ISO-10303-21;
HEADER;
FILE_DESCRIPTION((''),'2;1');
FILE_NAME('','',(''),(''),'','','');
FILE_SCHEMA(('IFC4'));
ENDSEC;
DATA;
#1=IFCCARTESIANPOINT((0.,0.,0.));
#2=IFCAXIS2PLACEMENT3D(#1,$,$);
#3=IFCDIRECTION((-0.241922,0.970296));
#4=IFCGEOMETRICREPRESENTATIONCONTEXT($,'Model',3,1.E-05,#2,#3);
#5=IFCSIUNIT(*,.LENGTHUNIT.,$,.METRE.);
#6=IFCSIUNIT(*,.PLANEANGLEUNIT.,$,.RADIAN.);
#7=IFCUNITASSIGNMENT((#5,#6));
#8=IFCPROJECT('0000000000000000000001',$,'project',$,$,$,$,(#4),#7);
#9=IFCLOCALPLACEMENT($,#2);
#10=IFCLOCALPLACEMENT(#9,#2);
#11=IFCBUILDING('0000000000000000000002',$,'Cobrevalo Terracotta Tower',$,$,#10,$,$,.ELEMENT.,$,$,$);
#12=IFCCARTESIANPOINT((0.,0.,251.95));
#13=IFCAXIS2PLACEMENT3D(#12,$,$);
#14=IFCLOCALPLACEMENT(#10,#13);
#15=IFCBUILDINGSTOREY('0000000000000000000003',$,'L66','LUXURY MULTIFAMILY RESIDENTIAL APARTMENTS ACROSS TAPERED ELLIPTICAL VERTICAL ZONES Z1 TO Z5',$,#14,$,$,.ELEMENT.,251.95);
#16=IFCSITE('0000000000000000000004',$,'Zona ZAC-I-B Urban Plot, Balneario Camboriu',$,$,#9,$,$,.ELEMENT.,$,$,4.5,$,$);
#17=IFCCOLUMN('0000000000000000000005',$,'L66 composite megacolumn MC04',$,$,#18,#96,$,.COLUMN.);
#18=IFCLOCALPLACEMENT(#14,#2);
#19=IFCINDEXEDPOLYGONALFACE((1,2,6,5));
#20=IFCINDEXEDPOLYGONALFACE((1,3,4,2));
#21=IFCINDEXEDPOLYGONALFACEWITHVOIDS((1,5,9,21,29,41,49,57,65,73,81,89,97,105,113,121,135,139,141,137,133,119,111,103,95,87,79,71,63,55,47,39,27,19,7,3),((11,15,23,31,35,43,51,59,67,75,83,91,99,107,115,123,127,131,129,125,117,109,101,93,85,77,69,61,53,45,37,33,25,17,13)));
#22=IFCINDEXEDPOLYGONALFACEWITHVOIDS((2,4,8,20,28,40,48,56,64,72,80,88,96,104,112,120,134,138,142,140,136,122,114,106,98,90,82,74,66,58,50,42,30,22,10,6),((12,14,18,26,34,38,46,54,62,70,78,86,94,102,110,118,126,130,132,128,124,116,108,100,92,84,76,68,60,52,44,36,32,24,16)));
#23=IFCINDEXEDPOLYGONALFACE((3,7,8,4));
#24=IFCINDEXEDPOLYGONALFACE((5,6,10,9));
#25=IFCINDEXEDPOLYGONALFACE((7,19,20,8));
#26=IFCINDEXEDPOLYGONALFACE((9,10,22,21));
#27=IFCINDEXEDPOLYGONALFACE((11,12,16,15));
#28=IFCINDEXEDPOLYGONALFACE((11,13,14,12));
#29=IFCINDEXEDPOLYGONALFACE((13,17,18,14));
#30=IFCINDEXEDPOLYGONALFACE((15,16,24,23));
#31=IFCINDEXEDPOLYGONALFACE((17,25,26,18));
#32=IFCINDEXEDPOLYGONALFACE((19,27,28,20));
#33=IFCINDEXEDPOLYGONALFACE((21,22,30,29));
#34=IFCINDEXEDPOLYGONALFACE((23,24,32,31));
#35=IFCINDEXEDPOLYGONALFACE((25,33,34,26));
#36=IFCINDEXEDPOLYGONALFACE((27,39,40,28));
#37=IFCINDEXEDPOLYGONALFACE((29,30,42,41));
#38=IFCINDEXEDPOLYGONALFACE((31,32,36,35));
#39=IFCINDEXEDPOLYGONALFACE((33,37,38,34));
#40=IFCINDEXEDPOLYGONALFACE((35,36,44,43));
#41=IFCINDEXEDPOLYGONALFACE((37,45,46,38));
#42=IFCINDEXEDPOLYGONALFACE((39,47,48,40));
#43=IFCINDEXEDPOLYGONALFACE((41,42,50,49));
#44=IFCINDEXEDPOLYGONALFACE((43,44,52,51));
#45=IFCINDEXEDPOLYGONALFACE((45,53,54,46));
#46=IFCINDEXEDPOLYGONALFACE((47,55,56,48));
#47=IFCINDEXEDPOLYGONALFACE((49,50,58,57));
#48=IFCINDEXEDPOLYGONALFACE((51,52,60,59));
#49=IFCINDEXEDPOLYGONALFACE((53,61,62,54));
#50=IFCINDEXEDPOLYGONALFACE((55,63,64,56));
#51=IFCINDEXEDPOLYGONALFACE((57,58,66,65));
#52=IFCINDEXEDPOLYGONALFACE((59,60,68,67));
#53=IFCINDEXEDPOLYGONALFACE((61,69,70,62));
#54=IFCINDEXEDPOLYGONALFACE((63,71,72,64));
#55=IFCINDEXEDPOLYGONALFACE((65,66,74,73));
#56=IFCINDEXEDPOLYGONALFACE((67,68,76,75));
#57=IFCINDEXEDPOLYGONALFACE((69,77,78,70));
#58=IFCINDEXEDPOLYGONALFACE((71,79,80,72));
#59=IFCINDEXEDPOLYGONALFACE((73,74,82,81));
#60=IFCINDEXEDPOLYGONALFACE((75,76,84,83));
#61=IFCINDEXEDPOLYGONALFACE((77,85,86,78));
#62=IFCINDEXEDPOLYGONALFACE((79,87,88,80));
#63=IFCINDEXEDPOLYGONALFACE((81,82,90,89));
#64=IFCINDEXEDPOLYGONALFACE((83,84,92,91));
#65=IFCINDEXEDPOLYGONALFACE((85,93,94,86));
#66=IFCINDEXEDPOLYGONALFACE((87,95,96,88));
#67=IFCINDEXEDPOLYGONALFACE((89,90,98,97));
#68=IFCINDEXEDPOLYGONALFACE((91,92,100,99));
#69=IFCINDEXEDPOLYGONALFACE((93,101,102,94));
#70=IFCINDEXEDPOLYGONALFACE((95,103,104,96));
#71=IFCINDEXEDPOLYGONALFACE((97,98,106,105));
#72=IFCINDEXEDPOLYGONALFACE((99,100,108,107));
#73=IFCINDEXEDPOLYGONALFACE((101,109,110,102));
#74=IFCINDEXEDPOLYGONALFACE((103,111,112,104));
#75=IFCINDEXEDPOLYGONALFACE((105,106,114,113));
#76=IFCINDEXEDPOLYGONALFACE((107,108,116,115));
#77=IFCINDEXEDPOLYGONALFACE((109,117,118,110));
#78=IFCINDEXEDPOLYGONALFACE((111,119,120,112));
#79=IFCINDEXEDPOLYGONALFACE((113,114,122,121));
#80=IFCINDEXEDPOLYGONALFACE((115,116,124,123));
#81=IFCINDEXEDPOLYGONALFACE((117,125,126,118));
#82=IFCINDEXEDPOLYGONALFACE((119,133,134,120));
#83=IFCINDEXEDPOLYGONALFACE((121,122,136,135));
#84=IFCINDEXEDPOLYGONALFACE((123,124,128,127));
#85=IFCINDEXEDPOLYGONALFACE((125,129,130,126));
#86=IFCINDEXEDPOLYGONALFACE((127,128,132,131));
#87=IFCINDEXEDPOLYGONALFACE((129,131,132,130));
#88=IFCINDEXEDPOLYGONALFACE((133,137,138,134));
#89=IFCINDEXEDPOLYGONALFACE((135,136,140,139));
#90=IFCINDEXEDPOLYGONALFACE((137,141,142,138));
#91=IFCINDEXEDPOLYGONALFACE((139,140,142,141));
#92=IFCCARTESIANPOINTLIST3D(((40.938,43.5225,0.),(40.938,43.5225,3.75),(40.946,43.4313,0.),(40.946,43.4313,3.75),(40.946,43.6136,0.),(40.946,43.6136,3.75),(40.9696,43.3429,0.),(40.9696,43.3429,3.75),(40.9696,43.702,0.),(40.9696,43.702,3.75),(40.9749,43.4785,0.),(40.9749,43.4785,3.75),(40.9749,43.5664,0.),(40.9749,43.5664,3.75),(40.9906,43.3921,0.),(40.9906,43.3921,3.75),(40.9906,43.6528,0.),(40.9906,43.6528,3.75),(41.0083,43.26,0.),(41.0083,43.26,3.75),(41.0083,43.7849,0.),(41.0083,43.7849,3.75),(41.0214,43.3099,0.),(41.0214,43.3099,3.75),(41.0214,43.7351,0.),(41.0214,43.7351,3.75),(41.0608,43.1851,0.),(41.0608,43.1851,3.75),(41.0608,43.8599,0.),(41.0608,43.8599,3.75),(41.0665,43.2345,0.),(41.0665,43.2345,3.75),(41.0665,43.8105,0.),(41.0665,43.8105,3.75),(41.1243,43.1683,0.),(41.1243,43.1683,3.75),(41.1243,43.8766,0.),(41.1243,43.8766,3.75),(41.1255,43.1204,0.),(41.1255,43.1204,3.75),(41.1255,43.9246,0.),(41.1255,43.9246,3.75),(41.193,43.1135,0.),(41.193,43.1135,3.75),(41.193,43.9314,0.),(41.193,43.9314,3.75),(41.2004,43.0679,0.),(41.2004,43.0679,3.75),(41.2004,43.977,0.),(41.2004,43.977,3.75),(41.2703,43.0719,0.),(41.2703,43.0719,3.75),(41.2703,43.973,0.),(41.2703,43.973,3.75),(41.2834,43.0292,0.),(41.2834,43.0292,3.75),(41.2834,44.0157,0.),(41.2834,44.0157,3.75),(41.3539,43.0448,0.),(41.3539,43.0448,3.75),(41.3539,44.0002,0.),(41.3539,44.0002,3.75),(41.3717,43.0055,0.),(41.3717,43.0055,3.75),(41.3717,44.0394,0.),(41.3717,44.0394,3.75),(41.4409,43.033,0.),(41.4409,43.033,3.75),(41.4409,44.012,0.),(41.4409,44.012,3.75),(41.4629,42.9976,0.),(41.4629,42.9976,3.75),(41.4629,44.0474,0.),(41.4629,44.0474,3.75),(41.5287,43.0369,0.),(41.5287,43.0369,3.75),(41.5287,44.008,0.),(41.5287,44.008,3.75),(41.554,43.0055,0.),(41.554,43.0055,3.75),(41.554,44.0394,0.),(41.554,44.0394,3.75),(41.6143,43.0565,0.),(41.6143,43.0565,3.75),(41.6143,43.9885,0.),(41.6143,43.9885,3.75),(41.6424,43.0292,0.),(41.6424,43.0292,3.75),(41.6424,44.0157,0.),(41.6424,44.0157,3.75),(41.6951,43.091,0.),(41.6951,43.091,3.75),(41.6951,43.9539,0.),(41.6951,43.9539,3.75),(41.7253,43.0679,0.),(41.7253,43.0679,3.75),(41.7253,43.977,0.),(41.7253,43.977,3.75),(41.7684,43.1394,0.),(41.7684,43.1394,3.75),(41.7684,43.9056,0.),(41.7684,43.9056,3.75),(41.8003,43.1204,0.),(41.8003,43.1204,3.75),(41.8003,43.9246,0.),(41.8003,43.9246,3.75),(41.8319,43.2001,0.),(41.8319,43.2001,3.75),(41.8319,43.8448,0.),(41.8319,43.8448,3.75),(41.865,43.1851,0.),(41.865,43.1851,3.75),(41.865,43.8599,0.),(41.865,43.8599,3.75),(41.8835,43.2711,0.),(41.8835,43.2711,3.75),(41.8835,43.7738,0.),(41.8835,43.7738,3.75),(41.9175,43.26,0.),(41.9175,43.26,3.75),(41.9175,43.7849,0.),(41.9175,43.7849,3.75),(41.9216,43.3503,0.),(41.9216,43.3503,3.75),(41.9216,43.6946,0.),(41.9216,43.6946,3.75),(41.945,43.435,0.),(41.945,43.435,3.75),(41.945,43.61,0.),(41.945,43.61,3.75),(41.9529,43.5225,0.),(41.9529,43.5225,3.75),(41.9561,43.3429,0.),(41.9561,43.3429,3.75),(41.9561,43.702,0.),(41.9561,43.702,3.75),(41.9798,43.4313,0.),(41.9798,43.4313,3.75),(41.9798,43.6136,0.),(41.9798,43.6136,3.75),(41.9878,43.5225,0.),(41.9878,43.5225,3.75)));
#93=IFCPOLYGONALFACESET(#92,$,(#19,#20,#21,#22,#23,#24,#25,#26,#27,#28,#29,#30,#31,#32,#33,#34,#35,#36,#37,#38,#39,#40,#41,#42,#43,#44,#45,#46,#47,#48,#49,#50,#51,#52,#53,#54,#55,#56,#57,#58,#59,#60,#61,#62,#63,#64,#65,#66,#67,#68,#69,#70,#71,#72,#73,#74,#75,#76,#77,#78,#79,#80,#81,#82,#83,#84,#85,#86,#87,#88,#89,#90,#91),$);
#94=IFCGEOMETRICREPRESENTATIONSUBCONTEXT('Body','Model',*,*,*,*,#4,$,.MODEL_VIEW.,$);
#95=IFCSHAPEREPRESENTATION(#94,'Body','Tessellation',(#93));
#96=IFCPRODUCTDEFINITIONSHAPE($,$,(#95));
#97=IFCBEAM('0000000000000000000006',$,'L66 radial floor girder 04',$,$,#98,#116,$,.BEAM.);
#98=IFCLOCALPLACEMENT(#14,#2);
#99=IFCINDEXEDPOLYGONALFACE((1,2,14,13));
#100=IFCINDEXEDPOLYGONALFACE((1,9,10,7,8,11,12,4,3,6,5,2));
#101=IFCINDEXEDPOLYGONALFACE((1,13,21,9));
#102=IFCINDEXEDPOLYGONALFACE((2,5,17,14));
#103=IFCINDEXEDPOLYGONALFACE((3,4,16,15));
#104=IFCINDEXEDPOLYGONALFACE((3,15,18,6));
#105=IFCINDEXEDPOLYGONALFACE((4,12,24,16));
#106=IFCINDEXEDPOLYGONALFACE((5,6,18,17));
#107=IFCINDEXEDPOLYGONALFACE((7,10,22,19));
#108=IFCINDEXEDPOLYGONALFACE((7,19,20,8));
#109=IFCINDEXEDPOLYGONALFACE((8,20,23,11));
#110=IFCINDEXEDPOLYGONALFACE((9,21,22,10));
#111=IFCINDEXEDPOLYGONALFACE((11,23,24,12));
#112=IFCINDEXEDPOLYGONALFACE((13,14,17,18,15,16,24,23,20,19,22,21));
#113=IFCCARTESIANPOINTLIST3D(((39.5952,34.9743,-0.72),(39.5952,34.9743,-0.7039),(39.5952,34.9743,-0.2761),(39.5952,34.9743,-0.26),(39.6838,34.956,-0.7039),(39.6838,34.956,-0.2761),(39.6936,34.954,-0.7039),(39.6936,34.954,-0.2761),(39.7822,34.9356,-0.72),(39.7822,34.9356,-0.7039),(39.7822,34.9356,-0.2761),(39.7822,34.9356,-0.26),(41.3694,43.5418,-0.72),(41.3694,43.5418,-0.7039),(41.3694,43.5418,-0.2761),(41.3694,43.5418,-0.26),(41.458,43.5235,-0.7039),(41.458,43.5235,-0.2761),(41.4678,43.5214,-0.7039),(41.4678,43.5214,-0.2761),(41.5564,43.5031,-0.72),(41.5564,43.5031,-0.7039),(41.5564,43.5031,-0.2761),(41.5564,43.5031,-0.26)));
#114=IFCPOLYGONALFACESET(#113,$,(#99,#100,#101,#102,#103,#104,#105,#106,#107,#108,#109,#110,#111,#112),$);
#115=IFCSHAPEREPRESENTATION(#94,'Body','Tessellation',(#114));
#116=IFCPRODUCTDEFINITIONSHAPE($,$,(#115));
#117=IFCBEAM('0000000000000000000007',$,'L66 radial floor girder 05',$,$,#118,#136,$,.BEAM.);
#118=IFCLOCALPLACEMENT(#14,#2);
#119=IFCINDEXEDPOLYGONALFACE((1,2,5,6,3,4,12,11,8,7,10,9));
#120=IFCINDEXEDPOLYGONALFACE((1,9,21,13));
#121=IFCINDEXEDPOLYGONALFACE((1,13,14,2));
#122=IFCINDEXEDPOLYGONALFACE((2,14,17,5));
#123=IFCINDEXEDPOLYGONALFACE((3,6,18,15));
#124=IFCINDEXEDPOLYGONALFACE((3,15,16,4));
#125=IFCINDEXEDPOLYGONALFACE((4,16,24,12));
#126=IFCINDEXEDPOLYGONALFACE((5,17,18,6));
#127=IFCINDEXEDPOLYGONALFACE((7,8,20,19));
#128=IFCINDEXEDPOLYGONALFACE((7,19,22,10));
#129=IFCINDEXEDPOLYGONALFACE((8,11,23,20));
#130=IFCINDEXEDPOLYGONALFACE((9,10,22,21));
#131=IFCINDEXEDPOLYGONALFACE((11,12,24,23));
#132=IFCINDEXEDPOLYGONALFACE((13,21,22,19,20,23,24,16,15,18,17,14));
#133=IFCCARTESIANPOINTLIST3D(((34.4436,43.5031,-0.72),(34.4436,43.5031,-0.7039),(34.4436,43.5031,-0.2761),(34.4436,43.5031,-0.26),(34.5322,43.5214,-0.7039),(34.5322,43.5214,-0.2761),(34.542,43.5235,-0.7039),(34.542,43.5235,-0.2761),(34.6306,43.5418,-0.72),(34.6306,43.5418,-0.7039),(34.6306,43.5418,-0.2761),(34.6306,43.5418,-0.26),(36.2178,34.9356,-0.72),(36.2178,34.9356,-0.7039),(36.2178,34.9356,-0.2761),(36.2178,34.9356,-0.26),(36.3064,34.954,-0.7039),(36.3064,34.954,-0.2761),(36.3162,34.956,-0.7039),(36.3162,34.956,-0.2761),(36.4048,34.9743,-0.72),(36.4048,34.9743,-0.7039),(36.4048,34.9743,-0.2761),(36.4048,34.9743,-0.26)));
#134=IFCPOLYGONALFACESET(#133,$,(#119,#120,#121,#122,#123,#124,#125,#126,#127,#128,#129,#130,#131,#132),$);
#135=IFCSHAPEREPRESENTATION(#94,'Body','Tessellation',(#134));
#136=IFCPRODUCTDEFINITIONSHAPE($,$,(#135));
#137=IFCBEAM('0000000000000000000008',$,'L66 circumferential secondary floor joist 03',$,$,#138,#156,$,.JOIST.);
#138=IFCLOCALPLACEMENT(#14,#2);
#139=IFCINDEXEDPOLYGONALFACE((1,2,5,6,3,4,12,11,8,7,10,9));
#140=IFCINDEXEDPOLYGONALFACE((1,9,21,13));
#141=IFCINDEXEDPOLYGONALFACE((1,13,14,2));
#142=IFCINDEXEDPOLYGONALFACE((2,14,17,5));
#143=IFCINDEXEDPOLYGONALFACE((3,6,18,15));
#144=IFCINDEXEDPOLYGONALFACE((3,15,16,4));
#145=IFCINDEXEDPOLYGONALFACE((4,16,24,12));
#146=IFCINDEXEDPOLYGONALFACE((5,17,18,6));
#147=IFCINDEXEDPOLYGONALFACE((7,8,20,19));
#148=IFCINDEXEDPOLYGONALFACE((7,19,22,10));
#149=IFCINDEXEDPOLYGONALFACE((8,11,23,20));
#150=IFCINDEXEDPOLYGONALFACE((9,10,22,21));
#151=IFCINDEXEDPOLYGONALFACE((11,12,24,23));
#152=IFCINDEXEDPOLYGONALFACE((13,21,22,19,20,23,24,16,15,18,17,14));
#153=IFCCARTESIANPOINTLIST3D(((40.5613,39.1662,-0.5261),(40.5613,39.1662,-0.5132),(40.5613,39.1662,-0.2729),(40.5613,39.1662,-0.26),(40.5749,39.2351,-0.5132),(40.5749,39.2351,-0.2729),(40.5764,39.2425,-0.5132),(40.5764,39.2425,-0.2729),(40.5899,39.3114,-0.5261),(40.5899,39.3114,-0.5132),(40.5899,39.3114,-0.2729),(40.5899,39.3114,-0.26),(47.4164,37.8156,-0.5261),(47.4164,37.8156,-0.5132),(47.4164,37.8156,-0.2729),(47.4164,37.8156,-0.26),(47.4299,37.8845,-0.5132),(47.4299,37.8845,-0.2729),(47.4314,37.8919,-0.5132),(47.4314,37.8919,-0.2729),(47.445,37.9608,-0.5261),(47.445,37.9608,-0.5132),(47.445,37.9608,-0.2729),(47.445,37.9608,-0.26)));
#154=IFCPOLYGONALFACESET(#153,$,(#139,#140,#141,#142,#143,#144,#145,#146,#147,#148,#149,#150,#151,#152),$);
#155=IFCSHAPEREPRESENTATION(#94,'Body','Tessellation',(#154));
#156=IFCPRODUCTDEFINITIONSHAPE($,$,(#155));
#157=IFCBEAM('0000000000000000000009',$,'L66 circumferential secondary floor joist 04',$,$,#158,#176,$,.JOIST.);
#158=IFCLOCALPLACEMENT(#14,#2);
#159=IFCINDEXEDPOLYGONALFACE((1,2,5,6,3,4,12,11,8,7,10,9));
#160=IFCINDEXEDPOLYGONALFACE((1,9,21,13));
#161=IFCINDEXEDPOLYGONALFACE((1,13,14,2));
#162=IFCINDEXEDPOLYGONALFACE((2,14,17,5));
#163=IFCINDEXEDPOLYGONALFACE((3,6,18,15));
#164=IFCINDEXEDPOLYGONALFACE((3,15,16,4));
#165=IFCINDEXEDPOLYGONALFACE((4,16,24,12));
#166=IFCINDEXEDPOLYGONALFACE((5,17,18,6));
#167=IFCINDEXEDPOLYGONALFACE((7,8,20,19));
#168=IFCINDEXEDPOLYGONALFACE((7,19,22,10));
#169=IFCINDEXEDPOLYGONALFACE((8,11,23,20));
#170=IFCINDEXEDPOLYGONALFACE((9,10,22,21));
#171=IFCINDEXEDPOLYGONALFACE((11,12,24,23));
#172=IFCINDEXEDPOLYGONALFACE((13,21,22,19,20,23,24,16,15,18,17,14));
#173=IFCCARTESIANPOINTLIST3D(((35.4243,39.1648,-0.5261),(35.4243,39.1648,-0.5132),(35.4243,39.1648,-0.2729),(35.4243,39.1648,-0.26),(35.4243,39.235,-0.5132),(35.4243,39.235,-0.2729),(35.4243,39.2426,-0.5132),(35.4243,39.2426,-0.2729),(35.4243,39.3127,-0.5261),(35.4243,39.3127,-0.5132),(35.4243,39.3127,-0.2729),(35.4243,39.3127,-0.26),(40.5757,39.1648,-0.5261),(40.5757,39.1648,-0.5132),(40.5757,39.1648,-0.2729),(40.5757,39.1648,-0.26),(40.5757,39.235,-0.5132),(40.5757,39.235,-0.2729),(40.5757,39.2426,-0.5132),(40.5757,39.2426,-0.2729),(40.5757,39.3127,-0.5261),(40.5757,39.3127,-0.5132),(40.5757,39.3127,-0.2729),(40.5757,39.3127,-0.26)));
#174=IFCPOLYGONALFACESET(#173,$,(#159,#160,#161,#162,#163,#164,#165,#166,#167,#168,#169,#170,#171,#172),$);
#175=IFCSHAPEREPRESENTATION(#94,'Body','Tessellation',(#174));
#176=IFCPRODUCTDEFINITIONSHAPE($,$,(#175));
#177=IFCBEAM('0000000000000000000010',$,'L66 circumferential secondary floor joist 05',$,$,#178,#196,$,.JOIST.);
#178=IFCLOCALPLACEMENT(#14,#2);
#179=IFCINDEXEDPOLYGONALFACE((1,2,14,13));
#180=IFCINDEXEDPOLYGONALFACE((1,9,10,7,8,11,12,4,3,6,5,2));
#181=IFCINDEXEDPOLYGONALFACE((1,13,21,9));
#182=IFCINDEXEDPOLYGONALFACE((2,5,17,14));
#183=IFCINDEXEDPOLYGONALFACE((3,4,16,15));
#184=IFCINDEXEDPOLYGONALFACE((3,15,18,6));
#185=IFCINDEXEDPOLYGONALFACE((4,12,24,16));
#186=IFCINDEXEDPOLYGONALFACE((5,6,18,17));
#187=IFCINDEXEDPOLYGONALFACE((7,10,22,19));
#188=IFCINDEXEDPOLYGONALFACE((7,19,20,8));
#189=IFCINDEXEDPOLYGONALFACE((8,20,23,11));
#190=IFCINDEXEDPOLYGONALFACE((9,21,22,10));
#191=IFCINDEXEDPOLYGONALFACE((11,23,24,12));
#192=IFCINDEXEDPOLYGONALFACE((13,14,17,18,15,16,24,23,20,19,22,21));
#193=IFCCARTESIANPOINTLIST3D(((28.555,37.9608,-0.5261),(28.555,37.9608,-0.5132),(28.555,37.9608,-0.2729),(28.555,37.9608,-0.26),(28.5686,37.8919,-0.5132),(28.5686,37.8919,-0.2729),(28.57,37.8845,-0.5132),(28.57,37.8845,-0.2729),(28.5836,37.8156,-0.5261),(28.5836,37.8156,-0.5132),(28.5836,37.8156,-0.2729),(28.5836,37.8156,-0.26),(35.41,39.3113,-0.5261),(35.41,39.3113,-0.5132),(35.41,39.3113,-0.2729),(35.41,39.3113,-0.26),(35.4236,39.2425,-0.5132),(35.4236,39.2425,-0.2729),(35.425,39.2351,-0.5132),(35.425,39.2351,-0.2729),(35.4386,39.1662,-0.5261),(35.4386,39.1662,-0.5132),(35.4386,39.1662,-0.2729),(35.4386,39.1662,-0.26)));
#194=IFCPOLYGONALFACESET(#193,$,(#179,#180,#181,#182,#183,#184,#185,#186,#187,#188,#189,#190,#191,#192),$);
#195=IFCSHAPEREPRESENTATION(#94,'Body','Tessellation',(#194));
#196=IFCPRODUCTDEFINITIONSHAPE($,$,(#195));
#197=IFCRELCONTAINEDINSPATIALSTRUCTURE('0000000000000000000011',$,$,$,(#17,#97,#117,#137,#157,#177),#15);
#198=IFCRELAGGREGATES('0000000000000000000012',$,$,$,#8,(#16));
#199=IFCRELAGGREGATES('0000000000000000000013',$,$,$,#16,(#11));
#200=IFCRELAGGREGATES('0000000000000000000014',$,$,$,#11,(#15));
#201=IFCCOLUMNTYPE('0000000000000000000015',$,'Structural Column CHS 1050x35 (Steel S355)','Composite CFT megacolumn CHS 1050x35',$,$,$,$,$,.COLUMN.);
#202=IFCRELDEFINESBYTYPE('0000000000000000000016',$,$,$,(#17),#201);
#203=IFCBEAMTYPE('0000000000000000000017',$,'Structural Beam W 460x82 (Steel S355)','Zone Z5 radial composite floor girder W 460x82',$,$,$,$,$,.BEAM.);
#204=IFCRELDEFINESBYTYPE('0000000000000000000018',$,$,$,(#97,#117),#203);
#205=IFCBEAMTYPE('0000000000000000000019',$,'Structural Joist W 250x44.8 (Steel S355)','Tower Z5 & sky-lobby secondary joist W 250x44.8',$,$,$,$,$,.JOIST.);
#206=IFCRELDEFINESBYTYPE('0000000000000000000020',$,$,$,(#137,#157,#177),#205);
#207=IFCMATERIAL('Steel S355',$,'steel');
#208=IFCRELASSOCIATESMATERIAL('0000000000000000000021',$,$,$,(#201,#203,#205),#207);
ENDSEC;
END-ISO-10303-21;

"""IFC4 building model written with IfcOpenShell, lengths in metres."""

from ifc_helpers import new_model, si_unit, direction, frame, origin, origin_2d, place, context, subcontext, project, spatial, hollow_circle, i_section, extrude, material, material_profile, profile_set, type_object, element, save


model = new_model("IFC4")

# Units and contexts
model_context = context("Model", 3, precision=1e-05, world=origin(), true_north=direction((-0.241922, 0.970296)))
body_context = subcontext(model_context, "Body", "Model", "MODEL_VIEW")
ifc_project = project(units=[si_unit("LENGTHUNIT", "METRE"), si_unit("PLANEANGLEUNIT", "RADIAN")], contexts=[model_context])

# Site, building, storey
site_placement = place(None, origin())
site = spatial("IfcSite", under=ifc_project, at=site_placement, Name="Zona ZAC-I-B Urban Plot, Balneario Camboriu", CompositionType="ELEMENT", RefElevation=4.5)
building_placement = place(site_placement, origin())
building = spatial("IfcBuilding", under=site, at=building_placement, Name="Cobrevalo Terracotta Tower", CompositionType="ELEMENT")
storey_placement = place(building_placement, frame((0.0, 0.0, 251.95)))
storey = spatial("IfcBuildingStorey", under=building, at=storey_placement, Name="L66", Description="LUXURY MULTIFAMILY RESIDENTIAL APARTMENTS ACROSS TAPERED ELLIPTICAL VERTICAL ZONES Z1 TO Z5", CompositionType="ELEMENT", Elevation=251.95)

# Column
ifc_material_1 = material(Name="Steel S355", Category="steel")
ifc_material_profile_1 = material_profile(ifc_material_1, hollow_circle(Radius=0.5249, WallThickness=0.0349, at=origin_2d()), Name="CHS 1050x35")
ifc_profile_set_1 = profile_set([ifc_material_profile_1], Name="Steel S355")
column_type = type_object("IfcColumnType", Name="Structural Column CHS 1050x35 (Steel S355)", Description="Composite CFT megacolumn CHS 1050x35", PredefinedType="COLUMN", material=ifc_profile_set_1)
column_placement = place(storey_placement, frame((41.4629, 43.5225, 0.0), z_axis=(0.0, 0.0, 1.0), x_axis=(1.0, 0.0, 0.0)))
element("IfcColumn", 1, at=column_placement, inside=storey, type_object=column_type, Name="L66 composite megacolumn MC04", PredefinedType="COLUMN", context=body_context, shape_type="SweptSolid", body=[
    extrude(hollow_circle(Radius=0.5249, WallThickness=0.0349, at=origin_2d()), origin(), (0.0, 0.0, 1.0), 3.75),
])

# Beams
ifc_material_profile_2 = material_profile(ifc_material_1, i_section(OverallWidth=0.1909, OverallDepth=0.46, WebThickness=0.01, FlangeThickness=0.0161, at=origin_2d()), Name="W 460x82")
ifc_profile_set_2 = profile_set([ifc_material_profile_2], Name="Steel S355")
beam_type_1 = type_object("IfcBeamType", Name="Structural Beam W 460x82 (Steel S355)", Description="Zone Z5 radial composite floor girder W 460x82", PredefinedType="BEAM", material=ifc_profile_set_2)
for number, where, z_axis, x_axis, name in (
    (2, (41.4629, 43.5225, -0.49), (-0.202782, -0.979224, 0.0), (0.979224, -0.202782, 0.0), "L66 radial floor girder 04"),
    (3, (34.5371, 43.5225, -0.49), (0.202782, -0.979224, 0.0), (0.979224, 0.202782, 0.0), "L66 radial floor girder 05"),
):
    element("IfcBeam", number, at=place(storey_placement, frame(where, z_axis=z_axis, x_axis=x_axis)), inside=storey, type_object=beam_type_1, Name=name, PredefinedType="BEAM", context=body_context, shape_type="SweptSolid", body=[
        extrude(i_section(OverallWidth=0.1909, OverallDepth=0.46, WebThickness=0.01, FlangeThickness=0.0161, at=origin_2d()), origin(), (0.0, 0.0, 1.0), 8.7493),
    ])
ifc_material_profile_3 = material_profile(ifc_material_1, i_section(OverallWidth=0.1479, OverallDepth=0.2661, WebThickness=0.0076, FlangeThickness=0.0129, at=origin_2d()), Name="W 250x44.8")
ifc_profile_set_3 = profile_set([ifc_material_profile_3], Name="Steel S355")
beam_type_2 = type_object("IfcBeamType", Name="Structural Joist W 250x44.8 (Steel S355)", Description="Tower Z5 & sky-lobby secondary joist W 250x44.8", PredefinedType="JOIST", material=ifc_profile_set_3)
beam_1_placement = place(storey_placement, frame((47.4307, 37.8882, -0.3931), z_axis=(-0.981138, 0.193306, 0.0), x_axis=(-0.193306, -0.981138, 0.0)))
element("IfcBeam", 4, at=beam_1_placement, inside=storey, type_object=beam_type_2, Name="L66 circumferential secondary floor joist 03", PredefinedType="JOIST", context=body_context, shape_type="SweptSolid", body=[
    extrude(i_section(OverallWidth=0.1479, OverallDepth=0.2661, WebThickness=0.0076, FlangeThickness=0.0129, at=origin_2d()), origin(), (0.0, 0.0, 1.0), 6.9868),
])
beam_2_placement = place(storey_placement, frame((40.5757, 39.2388, -0.3931), z_axis=(-1.0, 0.0, 0.0), x_axis=(0.0, -1.0, 0.0)))
element("IfcBeam", 5, at=beam_2_placement, inside=storey, type_object=beam_type_2, Name="L66 circumferential secondary floor joist 04", PredefinedType="JOIST", context=body_context, shape_type="SweptSolid", body=[
    extrude(i_section(OverallWidth=0.1479, OverallDepth=0.2661, WebThickness=0.0076, FlangeThickness=0.0129, at=origin_2d()), origin(), (0.0, 0.0, 1.0), 5.1514),
])
beam_3_placement = place(storey_placement, frame((35.4243, 39.2388, -0.3931), z_axis=(-0.981138, -0.193306, 0.0), x_axis=(0.193306, -0.981138, 0.0)))
element("IfcBeam", 6, at=beam_3_placement, inside=storey, type_object=beam_type_2, Name="L66 circumferential secondary floor joist 05", PredefinedType="JOIST", context=body_context, shape_type="SweptSolid", body=[
    extrude(i_section(OverallWidth=0.1479, OverallDepth=0.2661, WebThickness=0.0076, FlangeThickness=0.0129, at=origin_2d()), origin(), (0.0, 0.0, 1.0), 6.9868),
])

save(model, "model.ifc")
